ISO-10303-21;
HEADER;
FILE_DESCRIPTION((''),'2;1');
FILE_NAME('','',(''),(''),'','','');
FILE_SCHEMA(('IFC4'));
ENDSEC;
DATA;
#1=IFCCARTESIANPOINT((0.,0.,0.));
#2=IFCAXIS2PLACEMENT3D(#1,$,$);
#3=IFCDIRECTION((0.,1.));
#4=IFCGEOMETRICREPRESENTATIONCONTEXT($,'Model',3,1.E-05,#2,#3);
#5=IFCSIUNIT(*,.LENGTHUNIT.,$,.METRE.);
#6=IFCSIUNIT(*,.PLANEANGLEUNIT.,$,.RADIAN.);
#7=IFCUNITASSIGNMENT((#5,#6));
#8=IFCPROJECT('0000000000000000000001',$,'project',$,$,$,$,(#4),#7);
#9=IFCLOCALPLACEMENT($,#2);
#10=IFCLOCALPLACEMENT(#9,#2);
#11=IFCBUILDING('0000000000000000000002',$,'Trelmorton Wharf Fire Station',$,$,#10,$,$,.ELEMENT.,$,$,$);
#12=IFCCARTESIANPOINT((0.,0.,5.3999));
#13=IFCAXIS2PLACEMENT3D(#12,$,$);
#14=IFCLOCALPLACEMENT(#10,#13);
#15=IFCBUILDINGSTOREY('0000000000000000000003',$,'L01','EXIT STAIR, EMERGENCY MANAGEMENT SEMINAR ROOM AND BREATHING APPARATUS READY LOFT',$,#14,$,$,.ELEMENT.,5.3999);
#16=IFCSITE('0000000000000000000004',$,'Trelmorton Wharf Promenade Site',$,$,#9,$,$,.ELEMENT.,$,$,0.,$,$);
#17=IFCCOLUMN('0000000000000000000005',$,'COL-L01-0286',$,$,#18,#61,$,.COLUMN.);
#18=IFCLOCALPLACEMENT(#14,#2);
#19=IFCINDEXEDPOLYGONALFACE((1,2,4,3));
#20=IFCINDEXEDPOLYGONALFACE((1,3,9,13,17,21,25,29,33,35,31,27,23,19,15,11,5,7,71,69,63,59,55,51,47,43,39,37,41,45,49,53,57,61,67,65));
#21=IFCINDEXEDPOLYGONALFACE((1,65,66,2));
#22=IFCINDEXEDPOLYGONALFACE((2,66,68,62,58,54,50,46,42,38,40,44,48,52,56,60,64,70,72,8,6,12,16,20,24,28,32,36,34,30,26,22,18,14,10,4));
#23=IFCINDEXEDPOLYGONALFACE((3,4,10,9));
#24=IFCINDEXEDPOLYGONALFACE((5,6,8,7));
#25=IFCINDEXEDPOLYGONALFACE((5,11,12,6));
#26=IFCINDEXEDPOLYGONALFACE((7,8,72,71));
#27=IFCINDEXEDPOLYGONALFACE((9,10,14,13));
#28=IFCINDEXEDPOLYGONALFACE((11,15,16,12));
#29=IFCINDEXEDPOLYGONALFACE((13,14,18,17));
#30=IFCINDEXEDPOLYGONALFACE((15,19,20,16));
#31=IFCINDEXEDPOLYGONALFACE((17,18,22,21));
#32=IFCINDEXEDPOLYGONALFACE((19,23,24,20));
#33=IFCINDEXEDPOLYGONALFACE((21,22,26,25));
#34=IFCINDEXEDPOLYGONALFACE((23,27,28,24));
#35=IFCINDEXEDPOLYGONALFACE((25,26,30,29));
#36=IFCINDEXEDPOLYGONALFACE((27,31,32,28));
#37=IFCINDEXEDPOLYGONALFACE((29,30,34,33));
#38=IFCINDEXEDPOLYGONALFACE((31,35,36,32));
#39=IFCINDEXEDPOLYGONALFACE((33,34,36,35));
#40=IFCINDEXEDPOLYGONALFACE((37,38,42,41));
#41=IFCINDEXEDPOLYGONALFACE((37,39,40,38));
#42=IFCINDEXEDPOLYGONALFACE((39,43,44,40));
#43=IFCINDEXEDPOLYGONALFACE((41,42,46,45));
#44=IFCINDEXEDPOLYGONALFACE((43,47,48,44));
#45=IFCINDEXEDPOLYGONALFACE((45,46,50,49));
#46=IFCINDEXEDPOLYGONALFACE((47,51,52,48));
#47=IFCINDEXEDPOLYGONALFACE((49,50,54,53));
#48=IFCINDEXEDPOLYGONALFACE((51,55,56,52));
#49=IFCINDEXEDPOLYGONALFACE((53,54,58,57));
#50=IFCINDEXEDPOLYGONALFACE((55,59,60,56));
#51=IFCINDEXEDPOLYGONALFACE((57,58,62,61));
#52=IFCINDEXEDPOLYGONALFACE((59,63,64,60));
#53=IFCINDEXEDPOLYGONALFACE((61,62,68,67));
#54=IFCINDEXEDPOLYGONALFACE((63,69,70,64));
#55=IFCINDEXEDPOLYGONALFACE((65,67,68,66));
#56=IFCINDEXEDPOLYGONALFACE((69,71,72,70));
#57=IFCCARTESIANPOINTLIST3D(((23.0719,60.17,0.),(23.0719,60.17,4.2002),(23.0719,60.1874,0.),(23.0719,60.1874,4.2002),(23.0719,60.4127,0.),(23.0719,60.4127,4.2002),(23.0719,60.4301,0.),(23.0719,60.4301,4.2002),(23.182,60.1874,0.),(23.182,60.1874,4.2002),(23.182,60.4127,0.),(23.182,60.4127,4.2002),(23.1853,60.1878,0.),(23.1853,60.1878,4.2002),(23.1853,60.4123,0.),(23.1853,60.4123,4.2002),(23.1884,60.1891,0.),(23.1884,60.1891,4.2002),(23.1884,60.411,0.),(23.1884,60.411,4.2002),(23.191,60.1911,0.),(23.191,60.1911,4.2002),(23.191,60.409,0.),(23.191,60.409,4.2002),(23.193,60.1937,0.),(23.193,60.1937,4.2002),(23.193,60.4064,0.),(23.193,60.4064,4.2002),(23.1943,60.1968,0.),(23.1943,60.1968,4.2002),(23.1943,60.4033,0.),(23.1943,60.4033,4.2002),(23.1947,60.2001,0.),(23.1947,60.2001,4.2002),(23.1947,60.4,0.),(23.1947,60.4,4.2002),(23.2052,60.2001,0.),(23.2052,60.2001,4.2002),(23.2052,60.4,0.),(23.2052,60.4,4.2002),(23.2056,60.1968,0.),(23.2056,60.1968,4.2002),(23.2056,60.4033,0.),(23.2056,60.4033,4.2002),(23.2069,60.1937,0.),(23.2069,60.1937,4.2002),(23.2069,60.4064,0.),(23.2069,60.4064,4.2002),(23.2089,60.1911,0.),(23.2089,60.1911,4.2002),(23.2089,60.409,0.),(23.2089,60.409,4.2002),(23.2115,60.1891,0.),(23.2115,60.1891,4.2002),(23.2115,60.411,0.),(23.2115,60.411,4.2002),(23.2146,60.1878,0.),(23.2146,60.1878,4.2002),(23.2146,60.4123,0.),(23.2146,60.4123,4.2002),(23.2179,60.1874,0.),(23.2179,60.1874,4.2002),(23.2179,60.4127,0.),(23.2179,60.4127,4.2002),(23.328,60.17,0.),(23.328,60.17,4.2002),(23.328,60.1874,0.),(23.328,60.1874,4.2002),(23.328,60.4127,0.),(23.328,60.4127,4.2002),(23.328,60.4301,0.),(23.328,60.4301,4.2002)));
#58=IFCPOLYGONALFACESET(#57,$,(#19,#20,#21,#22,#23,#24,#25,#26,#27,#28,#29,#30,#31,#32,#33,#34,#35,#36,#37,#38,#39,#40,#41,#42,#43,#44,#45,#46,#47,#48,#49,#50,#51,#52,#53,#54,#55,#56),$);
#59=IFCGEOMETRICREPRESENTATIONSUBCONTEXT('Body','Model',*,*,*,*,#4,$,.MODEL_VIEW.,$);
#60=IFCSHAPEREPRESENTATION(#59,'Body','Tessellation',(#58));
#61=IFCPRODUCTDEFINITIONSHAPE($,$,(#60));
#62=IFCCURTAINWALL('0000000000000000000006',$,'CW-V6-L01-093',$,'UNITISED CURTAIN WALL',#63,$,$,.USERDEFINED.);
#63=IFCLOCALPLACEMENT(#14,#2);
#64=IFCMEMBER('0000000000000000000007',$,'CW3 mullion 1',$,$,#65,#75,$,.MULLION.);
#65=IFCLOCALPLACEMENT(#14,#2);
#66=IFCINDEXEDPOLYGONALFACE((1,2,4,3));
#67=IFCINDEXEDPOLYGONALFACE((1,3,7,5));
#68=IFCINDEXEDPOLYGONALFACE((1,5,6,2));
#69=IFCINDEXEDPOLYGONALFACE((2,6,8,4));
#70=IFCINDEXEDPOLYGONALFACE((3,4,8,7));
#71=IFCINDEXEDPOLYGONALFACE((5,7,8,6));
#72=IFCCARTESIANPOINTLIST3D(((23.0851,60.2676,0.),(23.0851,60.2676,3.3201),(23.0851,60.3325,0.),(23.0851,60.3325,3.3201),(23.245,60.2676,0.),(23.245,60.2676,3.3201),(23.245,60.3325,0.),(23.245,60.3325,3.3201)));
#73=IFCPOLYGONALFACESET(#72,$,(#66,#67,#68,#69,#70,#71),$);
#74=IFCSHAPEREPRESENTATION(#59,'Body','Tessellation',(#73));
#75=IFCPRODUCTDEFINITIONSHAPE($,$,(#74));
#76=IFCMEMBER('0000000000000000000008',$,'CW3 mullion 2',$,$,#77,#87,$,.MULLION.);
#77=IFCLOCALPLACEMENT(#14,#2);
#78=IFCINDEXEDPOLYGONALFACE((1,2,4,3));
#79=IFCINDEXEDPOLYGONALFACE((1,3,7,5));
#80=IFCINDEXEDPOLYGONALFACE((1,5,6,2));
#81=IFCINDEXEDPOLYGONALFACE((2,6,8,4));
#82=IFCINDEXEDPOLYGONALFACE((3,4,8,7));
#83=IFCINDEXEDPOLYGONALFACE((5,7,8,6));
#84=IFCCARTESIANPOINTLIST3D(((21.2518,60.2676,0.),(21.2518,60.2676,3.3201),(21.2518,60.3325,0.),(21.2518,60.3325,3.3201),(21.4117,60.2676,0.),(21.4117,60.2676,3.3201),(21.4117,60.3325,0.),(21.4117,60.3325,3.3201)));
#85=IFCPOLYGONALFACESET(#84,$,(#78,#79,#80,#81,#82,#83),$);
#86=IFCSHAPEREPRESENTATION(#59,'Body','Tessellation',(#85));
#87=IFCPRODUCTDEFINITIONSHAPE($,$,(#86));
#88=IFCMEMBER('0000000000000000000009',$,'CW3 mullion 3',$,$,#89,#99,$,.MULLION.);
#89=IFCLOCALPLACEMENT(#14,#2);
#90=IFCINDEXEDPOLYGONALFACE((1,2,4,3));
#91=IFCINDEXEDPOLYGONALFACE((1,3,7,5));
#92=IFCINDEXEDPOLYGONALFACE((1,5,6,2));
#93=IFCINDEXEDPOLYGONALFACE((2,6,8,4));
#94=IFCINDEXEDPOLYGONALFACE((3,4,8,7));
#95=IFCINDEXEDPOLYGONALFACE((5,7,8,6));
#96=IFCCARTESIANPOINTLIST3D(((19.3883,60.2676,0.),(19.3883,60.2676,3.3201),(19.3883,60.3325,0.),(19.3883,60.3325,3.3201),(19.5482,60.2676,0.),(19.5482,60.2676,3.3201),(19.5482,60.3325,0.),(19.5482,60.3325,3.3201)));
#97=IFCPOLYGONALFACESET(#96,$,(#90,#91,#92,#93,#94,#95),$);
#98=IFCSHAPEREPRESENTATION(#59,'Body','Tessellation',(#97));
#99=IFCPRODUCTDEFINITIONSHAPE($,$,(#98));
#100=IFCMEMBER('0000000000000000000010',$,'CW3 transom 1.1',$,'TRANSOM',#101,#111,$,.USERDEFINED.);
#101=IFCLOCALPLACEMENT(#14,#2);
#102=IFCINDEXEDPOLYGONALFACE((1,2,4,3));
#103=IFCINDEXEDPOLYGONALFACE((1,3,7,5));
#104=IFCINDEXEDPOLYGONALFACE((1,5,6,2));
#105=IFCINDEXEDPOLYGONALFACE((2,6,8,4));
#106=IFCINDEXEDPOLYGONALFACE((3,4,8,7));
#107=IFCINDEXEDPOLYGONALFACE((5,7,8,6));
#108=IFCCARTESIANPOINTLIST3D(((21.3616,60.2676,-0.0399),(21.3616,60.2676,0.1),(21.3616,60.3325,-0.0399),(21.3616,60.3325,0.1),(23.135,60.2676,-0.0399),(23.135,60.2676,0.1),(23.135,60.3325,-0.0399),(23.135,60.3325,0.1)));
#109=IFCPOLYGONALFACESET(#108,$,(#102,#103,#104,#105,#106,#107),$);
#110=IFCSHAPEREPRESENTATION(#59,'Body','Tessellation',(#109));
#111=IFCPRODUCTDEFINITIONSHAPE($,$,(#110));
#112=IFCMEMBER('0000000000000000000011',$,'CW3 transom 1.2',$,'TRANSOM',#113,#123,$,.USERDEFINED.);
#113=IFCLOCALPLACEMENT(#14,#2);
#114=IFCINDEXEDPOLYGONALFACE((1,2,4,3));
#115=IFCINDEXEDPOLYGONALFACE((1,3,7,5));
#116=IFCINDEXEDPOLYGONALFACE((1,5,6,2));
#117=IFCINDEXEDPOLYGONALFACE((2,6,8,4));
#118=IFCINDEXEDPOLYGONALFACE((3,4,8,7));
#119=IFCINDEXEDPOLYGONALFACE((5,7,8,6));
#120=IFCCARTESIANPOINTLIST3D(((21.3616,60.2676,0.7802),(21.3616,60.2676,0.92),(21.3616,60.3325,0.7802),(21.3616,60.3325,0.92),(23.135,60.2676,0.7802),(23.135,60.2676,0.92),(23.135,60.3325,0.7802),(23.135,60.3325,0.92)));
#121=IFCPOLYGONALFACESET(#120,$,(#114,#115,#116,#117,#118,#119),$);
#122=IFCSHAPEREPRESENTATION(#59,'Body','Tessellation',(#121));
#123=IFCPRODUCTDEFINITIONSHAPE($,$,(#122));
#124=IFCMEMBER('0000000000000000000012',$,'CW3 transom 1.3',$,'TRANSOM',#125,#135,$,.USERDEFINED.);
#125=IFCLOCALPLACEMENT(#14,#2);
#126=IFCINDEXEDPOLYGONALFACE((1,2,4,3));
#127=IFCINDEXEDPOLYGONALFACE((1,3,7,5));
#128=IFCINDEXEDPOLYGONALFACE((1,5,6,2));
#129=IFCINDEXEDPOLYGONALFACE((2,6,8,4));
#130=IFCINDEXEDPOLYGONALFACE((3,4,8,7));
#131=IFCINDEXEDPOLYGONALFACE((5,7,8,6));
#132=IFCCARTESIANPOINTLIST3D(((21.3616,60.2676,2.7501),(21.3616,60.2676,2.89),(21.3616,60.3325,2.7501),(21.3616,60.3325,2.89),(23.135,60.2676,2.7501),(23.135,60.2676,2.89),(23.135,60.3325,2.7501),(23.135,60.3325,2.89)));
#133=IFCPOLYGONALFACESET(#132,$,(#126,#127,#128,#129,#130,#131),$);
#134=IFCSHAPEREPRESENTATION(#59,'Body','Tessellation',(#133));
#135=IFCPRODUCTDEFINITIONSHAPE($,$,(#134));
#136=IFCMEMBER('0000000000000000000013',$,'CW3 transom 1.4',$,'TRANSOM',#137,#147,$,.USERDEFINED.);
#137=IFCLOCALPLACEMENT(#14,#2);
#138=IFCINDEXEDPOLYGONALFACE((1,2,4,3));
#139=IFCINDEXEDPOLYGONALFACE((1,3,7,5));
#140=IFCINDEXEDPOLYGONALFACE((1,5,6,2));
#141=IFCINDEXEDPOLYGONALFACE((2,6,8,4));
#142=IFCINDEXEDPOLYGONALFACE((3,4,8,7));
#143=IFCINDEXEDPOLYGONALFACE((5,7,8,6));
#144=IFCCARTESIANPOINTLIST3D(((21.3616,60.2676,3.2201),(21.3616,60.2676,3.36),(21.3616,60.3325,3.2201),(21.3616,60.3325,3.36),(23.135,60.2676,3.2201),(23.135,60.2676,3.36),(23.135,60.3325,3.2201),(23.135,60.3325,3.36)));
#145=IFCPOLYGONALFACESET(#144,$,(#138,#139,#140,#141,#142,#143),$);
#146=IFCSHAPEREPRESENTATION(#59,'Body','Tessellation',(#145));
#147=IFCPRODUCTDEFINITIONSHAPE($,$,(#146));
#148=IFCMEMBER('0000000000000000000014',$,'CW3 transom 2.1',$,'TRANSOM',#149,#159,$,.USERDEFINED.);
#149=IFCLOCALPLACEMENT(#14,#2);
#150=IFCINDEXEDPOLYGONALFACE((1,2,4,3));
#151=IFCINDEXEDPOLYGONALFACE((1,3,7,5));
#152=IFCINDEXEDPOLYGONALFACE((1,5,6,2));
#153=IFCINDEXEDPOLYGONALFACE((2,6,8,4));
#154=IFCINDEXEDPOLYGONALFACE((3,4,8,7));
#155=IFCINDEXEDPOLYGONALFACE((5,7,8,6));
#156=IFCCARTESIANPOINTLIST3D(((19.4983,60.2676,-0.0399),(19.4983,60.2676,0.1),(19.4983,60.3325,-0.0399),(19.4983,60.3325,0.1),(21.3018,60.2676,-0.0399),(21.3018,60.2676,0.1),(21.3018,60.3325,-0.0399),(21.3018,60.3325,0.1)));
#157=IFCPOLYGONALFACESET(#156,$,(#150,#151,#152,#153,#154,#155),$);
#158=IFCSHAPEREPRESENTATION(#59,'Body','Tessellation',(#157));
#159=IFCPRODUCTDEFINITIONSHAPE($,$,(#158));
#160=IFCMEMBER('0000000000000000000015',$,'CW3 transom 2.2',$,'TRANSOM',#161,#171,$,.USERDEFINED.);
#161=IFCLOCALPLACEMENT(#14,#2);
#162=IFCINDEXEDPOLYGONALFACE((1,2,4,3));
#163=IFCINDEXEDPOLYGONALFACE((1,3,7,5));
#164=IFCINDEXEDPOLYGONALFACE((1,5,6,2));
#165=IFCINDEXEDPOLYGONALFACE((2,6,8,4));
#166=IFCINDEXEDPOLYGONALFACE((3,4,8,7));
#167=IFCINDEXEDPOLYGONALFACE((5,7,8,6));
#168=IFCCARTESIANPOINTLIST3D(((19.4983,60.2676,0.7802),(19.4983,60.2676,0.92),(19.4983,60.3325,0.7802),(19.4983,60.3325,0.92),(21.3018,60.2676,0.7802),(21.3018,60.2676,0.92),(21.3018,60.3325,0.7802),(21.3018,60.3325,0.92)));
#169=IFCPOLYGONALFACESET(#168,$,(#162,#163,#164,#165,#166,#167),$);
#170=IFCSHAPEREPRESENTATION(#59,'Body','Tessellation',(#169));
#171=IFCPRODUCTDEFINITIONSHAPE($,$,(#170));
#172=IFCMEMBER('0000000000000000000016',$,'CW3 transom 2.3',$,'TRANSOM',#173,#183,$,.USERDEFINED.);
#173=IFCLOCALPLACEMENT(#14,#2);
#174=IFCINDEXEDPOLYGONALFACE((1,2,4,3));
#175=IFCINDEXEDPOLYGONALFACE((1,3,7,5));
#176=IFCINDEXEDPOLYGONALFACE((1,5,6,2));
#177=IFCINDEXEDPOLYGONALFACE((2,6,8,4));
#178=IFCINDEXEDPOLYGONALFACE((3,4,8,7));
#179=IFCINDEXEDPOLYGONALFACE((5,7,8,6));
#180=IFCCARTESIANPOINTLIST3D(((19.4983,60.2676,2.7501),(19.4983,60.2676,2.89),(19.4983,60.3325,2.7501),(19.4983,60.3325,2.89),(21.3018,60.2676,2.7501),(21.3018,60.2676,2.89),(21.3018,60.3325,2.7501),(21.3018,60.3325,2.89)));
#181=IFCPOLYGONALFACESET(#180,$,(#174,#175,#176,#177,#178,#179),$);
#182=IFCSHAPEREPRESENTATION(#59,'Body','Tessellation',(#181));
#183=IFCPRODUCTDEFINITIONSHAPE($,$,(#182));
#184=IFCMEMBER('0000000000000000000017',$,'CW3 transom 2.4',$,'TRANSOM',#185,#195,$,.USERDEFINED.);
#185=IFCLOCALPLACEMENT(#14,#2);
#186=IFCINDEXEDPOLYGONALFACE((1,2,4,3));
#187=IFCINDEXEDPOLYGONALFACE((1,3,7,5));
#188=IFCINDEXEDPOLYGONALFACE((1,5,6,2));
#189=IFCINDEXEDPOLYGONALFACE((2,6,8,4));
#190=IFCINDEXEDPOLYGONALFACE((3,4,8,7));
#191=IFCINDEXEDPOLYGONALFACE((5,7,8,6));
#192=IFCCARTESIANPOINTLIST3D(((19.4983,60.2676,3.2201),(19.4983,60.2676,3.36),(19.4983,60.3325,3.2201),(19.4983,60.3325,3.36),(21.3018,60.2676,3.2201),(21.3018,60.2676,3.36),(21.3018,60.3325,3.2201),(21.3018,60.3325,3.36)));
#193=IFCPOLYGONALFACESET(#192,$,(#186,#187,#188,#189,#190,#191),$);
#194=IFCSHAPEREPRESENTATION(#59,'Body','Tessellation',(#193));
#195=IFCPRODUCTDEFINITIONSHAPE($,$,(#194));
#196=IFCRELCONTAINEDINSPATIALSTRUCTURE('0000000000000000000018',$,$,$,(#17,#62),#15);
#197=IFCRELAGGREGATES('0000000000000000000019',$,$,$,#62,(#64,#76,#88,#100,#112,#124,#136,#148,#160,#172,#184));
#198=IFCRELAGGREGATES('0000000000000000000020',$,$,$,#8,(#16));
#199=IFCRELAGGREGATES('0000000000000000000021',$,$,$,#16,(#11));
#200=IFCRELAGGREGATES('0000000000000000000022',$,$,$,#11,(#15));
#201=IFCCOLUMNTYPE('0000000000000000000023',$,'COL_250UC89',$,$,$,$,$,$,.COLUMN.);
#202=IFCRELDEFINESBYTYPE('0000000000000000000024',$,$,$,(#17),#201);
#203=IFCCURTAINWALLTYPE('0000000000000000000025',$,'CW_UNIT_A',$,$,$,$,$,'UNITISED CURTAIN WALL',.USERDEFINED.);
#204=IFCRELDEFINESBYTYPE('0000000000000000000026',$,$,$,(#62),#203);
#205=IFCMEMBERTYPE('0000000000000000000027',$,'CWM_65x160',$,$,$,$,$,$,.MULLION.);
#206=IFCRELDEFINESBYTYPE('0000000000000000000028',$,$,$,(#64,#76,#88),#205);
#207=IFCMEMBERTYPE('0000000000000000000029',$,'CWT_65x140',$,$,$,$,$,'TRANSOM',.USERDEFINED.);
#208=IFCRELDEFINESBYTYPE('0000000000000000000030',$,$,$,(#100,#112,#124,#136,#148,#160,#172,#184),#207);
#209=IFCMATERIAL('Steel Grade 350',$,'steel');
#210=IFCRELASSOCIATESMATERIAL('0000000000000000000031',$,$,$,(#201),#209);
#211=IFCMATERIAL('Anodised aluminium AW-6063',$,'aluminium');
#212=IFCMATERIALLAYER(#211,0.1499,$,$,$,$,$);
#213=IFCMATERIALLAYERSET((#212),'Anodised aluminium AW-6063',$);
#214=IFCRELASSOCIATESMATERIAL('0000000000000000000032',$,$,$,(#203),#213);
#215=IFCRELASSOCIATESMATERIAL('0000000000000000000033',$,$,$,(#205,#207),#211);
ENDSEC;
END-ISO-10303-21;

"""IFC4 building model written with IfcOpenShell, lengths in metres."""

from ifc_helpers import new_model, si_unit, direction, frame, origin, origin_2d, place, context, subcontext, project, spatial, rectangle, i_section, extrude, material, layer, layer_set, material_profile, profile_set, type_object, element, aggregate, save


model = new_model("IFC4")

# Units and contexts
model_context = context("Model", 3, precision=1e-05, world=origin(), true_north=direction((0.0, 1.0)))
body_context = subcontext(model_context, "Body", "Model", "MODEL_VIEW")
ifc_project = project(units=[si_unit("LENGTHUNIT", "METRE"), si_unit("PLANEANGLEUNIT", "RADIAN")], contexts=[model_context])

# Site, building, storey
site_placement = place(None, origin())
site = spatial("IfcSite", under=ifc_project, at=site_placement, Name="Trelmorton Wharf Promenade Site", CompositionType="ELEMENT", RefElevation=0.0)
building_placement = place(site_placement, origin())
building = spatial("IfcBuilding", under=site, at=building_placement, Name="Trelmorton Wharf Fire Station", CompositionType="ELEMENT")
storey_placement = place(building_placement, frame((0.0, 0.0, 5.3999)))
storey = spatial("IfcBuildingStorey", under=building, at=storey_placement, Name="L01", Description="EXIT STAIR, EMERGENCY MANAGEMENT SEMINAR ROOM AND BREATHING APPARATUS READY LOFT", CompositionType="ELEMENT", Elevation=5.3999)

# Column
ifc_material_1 = material(Name="Steel Grade 350", Category="steel")
ifc_material_profile_1 = material_profile(ifc_material_1, i_section(OverallWidth=0.2561, OverallDepth=0.26, WebThickness=0.0105, FlangeThickness=0.0173, FilletRadius=0.0127, at=origin_2d()), Name="250UC89.5")
ifc_profile_set_1 = profile_set([ifc_material_profile_1], Name="Steel Grade 350")
column_type = type_object("IfcColumnType", Name="COL_250UC89", PredefinedType="COLUMN", material=ifc_profile_set_1)
column_placement = place(storey_placement, frame((23.2, 60.3, 0.0), z_axis=(0.0, 0.0, 1.0), x_axis=(1.0, 0.0, 0.0)))
element("IfcColumn", 1, at=column_placement, inside=storey, type_object=column_type, Name="COL-L01-0286", PredefinedType="COLUMN", context=body_context, shape_type="SweptSolid", body=[
    extrude(i_section(OverallWidth=0.2561, OverallDepth=0.26, WebThickness=0.0105, FlangeThickness=0.0173, FilletRadius=0.0127, at=origin_2d()), origin(), (0.0, 0.0, 1.0), 4.2002),
])

# Curtain wall, members
ifc_material_2 = material(Name="Anodised aluminium AW-6063", Category="aluminium")
ifc_layer_1 = layer(ifc_material_2, 0.1499)
ifc_layer_set_1 = layer_set([ifc_layer_1], Name="Anodised aluminium AW-6063")
curtain_wall_type = type_object("IfcCurtainWallType", Name="CW_UNIT_A", ElementType="UNITISED CURTAIN WALL", PredefinedType="USERDEFINED", material=ifc_layer_set_1)
curtain_wall_placement = place(storey_placement, origin())
curtain_wall = element("IfcCurtainWall", 2, at=curtain_wall_placement, inside=storey, type_object=curtain_wall_type, Name="CW-V6-L01-093", ObjectType="UNITISED CURTAIN WALL", PredefinedType="USERDEFINED")
ifc_material_profile_2 = material_profile(ifc_material_2, rectangle(XDim=0.0649, YDim=0.1599, at=origin_2d()), Name="ALU-65x160")
ifc_profile_set_2 = profile_set([ifc_material_profile_2], Name="Anodised aluminium AW-6063")
member_type_1 = type_object("IfcMemberType", Name="CWM_65x160", PredefinedType="MULLION", material=ifc_profile_set_2)
member_1_placement = place(storey_placement, frame((23.165, 60.3, 0.0), z_axis=(0.0, 0.0, 1.0), x_axis=(0.0, -1.0, 0.0)))
member_1 = element("IfcMember", 3, at=member_1_placement, type_object=member_type_1, Name="CW3 mullion 1", PredefinedType="MULLION", context=body_context, shape_type="SweptSolid", body=[
    extrude(rectangle(XDim=0.0649, YDim=0.1599, at=origin_2d()), origin(), (0.0, 0.0, 1.0), 3.3201),
])
member_2_placement = place(storey_placement, frame((21.3318, 60.3, 0.0), z_axis=(0.0, 0.0, 1.0), x_axis=(0.0, -1.0, 0.0)))
member_2 = element("IfcMember", 4, at=member_2_placement, type_object=member_type_1, Name="CW3 mullion 2", PredefinedType="MULLION", context=body_context, shape_type="SweptSolid", body=[
    extrude(rectangle(XDim=0.0649, YDim=0.1599, at=origin_2d()), origin(), (0.0, 0.0, 1.0), 3.3201),
])
member_3_placement = place(storey_placement, frame((19.4683, 60.3, 0.0), z_axis=(0.0, 0.0, 1.0), x_axis=(0.0, -1.0, 0.0)))
member_3 = element("IfcMember", 5, at=member_3_placement, type_object=member_type_1, Name="CW3 mullion 3", PredefinedType="MULLION", context=body_context, shape_type="SweptSolid", body=[
    extrude(rectangle(XDim=0.0649, YDim=0.1599, at=origin_2d()), origin(), (0.0, 0.0, 1.0), 3.3201),
])
ifc_material_profile_3 = material_profile(ifc_material_2, rectangle(XDim=0.0649, YDim=0.1399, at=origin_2d()), Name="ALU-65x140")
ifc_profile_set_3 = profile_set([ifc_material_profile_3], Name="Anodised aluminium AW-6063")
member_type_2 = type_object("IfcMemberType", Name="CWT_65x140", ElementType="TRANSOM", PredefinedType="USERDEFINED", material=ifc_profile_set_3)
member_4_placement = place(storey_placement, frame((23.135, 60.3, 0.03), z_axis=(-1.0, 0.0, 0.0), x_axis=(0.0, -1.0, 0.0)))
member_4 = element("IfcMember", 6, at=member_4_placement, type_object=member_type_2, Name="CW3 transom 1.1", ObjectType="TRANSOM", PredefinedType="USERDEFINED", context=body_context, shape_type="SweptSolid", body=[
    extrude(rectangle(XDim=0.0649, YDim=0.1399, at=origin_2d()), origin(), (0.0, 0.0, 1.0), 1.7734),
])
member_5_placement = place(storey_placement, frame((23.135, 60.3, 0.8501), z_axis=(-1.0, 0.0, 0.0), x_axis=(0.0, -1.0, 0.0)))
member_5 = element("IfcMember", 7, at=member_5_placement, type_object=member_type_2, Name="CW3 transom 1.2", ObjectType="TRANSOM", PredefinedType="USERDEFINED", context=body_context, shape_type="SweptSolid", body=[
    extrude(rectangle(XDim=0.0649, YDim=0.1399, at=origin_2d()), origin(), (0.0, 0.0, 1.0), 1.7734),
])
member_6_placement = place(storey_placement, frame((23.135, 60.3, 2.8201), z_axis=(-1.0, 0.0, 0.0), x_axis=(0.0, -1.0, 0.0)))
member_6 = element("IfcMember", 8, at=member_6_placement, type_object=member_type_2, Name="CW3 transom 1.3", ObjectType="TRANSOM", PredefinedType="USERDEFINED", context=body_context, shape_type="SweptSolid", body=[
    extrude(rectangle(XDim=0.0649, YDim=0.1399, at=origin_2d()), origin(), (0.0, 0.0, 1.0), 1.7734),
])
member_7_placement = place(storey_placement, frame((23.135, 60.3, 3.29), z_axis=(-1.0, 0.0, 0.0), x_axis=(0.0, -1.0, 0.0)))
member_7 = element("IfcMember", 9, at=member_7_placement, type_object=member_type_2, Name="CW3 transom 1.4", ObjectType="TRANSOM", PredefinedType="USERDEFINED", context=body_context, shape_type="SweptSolid", body=[
    extrude(rectangle(XDim=0.0649, YDim=0.1399, at=origin_2d()), origin(), (0.0, 0.0, 1.0), 1.7734),
])
member_8_placement = place(storey_placement, frame((21.3018, 60.3, 0.03), z_axis=(-1.0, 0.0, 0.0), x_axis=(0.0, -1.0, 0.0)))
member_8 = element("IfcMember", 10, at=member_8_placement, type_object=member_type_2, Name="CW3 transom 2.1", ObjectType="TRANSOM", PredefinedType="USERDEFINED", context=body_context, shape_type="SweptSolid", body=[
    extrude(rectangle(XDim=0.0649, YDim=0.1399, at=origin_2d()), origin(), (0.0, 0.0, 1.0), 1.8035),
])
member_9_placement = place(storey_placement, frame((21.3018, 60.3, 0.8501), z_axis=(-1.0, 0.0, 0.0), x_axis=(0.0, -1.0, 0.0)))
member_9 = element("IfcMember", 11, at=member_9_placement, type_object=member_type_2, Name="CW3 transom 2.2", ObjectType="TRANSOM", PredefinedType="USERDEFINED", context=body_context, shape_type="SweptSolid", body=[
    extrude(rectangle(XDim=0.0649, YDim=0.1399, at=origin_2d()), origin(), (0.0, 0.0, 1.0), 1.8035),
])
member_10_placement = place(storey_placement, frame((21.3018, 60.3, 2.8201), z_axis=(-1.0, 0.0, 0.0), x_axis=(0.0, -1.0, 0.0)))
member_10 = element("IfcMember", 12, at=member_10_placement, type_object=member_type_2, Name="CW3 transom 2.3", ObjectType="TRANSOM", PredefinedType="USERDEFINED", context=body_context, shape_type="SweptSolid", body=[
    extrude(rectangle(XDim=0.0649, YDim=0.1399, at=origin_2d()), origin(), (0.0, 0.0, 1.0), 1.8035),
])
member_11_placement = place(storey_placement, frame((21.3018, 60.3, 3.29), z_axis=(-1.0, 0.0, 0.0), x_axis=(0.0, -1.0, 0.0)))
member_11 = element("IfcMember", 13, at=member_11_placement, type_object=member_type_2, Name="CW3 transom 2.4", ObjectType="TRANSOM", PredefinedType="USERDEFINED", context=body_context, shape_type="SweptSolid", body=[
    extrude(rectangle(XDim=0.0649, YDim=0.1399, at=origin_2d()), origin(), (0.0, 0.0, 1.0), 1.8035),
])
aggregate(curtain_wall, [member_1, member_2, member_3, member_4, member_5, member_6, member_7, member_8, member_9, member_10, member_11])

save(model, "model.ifc")
